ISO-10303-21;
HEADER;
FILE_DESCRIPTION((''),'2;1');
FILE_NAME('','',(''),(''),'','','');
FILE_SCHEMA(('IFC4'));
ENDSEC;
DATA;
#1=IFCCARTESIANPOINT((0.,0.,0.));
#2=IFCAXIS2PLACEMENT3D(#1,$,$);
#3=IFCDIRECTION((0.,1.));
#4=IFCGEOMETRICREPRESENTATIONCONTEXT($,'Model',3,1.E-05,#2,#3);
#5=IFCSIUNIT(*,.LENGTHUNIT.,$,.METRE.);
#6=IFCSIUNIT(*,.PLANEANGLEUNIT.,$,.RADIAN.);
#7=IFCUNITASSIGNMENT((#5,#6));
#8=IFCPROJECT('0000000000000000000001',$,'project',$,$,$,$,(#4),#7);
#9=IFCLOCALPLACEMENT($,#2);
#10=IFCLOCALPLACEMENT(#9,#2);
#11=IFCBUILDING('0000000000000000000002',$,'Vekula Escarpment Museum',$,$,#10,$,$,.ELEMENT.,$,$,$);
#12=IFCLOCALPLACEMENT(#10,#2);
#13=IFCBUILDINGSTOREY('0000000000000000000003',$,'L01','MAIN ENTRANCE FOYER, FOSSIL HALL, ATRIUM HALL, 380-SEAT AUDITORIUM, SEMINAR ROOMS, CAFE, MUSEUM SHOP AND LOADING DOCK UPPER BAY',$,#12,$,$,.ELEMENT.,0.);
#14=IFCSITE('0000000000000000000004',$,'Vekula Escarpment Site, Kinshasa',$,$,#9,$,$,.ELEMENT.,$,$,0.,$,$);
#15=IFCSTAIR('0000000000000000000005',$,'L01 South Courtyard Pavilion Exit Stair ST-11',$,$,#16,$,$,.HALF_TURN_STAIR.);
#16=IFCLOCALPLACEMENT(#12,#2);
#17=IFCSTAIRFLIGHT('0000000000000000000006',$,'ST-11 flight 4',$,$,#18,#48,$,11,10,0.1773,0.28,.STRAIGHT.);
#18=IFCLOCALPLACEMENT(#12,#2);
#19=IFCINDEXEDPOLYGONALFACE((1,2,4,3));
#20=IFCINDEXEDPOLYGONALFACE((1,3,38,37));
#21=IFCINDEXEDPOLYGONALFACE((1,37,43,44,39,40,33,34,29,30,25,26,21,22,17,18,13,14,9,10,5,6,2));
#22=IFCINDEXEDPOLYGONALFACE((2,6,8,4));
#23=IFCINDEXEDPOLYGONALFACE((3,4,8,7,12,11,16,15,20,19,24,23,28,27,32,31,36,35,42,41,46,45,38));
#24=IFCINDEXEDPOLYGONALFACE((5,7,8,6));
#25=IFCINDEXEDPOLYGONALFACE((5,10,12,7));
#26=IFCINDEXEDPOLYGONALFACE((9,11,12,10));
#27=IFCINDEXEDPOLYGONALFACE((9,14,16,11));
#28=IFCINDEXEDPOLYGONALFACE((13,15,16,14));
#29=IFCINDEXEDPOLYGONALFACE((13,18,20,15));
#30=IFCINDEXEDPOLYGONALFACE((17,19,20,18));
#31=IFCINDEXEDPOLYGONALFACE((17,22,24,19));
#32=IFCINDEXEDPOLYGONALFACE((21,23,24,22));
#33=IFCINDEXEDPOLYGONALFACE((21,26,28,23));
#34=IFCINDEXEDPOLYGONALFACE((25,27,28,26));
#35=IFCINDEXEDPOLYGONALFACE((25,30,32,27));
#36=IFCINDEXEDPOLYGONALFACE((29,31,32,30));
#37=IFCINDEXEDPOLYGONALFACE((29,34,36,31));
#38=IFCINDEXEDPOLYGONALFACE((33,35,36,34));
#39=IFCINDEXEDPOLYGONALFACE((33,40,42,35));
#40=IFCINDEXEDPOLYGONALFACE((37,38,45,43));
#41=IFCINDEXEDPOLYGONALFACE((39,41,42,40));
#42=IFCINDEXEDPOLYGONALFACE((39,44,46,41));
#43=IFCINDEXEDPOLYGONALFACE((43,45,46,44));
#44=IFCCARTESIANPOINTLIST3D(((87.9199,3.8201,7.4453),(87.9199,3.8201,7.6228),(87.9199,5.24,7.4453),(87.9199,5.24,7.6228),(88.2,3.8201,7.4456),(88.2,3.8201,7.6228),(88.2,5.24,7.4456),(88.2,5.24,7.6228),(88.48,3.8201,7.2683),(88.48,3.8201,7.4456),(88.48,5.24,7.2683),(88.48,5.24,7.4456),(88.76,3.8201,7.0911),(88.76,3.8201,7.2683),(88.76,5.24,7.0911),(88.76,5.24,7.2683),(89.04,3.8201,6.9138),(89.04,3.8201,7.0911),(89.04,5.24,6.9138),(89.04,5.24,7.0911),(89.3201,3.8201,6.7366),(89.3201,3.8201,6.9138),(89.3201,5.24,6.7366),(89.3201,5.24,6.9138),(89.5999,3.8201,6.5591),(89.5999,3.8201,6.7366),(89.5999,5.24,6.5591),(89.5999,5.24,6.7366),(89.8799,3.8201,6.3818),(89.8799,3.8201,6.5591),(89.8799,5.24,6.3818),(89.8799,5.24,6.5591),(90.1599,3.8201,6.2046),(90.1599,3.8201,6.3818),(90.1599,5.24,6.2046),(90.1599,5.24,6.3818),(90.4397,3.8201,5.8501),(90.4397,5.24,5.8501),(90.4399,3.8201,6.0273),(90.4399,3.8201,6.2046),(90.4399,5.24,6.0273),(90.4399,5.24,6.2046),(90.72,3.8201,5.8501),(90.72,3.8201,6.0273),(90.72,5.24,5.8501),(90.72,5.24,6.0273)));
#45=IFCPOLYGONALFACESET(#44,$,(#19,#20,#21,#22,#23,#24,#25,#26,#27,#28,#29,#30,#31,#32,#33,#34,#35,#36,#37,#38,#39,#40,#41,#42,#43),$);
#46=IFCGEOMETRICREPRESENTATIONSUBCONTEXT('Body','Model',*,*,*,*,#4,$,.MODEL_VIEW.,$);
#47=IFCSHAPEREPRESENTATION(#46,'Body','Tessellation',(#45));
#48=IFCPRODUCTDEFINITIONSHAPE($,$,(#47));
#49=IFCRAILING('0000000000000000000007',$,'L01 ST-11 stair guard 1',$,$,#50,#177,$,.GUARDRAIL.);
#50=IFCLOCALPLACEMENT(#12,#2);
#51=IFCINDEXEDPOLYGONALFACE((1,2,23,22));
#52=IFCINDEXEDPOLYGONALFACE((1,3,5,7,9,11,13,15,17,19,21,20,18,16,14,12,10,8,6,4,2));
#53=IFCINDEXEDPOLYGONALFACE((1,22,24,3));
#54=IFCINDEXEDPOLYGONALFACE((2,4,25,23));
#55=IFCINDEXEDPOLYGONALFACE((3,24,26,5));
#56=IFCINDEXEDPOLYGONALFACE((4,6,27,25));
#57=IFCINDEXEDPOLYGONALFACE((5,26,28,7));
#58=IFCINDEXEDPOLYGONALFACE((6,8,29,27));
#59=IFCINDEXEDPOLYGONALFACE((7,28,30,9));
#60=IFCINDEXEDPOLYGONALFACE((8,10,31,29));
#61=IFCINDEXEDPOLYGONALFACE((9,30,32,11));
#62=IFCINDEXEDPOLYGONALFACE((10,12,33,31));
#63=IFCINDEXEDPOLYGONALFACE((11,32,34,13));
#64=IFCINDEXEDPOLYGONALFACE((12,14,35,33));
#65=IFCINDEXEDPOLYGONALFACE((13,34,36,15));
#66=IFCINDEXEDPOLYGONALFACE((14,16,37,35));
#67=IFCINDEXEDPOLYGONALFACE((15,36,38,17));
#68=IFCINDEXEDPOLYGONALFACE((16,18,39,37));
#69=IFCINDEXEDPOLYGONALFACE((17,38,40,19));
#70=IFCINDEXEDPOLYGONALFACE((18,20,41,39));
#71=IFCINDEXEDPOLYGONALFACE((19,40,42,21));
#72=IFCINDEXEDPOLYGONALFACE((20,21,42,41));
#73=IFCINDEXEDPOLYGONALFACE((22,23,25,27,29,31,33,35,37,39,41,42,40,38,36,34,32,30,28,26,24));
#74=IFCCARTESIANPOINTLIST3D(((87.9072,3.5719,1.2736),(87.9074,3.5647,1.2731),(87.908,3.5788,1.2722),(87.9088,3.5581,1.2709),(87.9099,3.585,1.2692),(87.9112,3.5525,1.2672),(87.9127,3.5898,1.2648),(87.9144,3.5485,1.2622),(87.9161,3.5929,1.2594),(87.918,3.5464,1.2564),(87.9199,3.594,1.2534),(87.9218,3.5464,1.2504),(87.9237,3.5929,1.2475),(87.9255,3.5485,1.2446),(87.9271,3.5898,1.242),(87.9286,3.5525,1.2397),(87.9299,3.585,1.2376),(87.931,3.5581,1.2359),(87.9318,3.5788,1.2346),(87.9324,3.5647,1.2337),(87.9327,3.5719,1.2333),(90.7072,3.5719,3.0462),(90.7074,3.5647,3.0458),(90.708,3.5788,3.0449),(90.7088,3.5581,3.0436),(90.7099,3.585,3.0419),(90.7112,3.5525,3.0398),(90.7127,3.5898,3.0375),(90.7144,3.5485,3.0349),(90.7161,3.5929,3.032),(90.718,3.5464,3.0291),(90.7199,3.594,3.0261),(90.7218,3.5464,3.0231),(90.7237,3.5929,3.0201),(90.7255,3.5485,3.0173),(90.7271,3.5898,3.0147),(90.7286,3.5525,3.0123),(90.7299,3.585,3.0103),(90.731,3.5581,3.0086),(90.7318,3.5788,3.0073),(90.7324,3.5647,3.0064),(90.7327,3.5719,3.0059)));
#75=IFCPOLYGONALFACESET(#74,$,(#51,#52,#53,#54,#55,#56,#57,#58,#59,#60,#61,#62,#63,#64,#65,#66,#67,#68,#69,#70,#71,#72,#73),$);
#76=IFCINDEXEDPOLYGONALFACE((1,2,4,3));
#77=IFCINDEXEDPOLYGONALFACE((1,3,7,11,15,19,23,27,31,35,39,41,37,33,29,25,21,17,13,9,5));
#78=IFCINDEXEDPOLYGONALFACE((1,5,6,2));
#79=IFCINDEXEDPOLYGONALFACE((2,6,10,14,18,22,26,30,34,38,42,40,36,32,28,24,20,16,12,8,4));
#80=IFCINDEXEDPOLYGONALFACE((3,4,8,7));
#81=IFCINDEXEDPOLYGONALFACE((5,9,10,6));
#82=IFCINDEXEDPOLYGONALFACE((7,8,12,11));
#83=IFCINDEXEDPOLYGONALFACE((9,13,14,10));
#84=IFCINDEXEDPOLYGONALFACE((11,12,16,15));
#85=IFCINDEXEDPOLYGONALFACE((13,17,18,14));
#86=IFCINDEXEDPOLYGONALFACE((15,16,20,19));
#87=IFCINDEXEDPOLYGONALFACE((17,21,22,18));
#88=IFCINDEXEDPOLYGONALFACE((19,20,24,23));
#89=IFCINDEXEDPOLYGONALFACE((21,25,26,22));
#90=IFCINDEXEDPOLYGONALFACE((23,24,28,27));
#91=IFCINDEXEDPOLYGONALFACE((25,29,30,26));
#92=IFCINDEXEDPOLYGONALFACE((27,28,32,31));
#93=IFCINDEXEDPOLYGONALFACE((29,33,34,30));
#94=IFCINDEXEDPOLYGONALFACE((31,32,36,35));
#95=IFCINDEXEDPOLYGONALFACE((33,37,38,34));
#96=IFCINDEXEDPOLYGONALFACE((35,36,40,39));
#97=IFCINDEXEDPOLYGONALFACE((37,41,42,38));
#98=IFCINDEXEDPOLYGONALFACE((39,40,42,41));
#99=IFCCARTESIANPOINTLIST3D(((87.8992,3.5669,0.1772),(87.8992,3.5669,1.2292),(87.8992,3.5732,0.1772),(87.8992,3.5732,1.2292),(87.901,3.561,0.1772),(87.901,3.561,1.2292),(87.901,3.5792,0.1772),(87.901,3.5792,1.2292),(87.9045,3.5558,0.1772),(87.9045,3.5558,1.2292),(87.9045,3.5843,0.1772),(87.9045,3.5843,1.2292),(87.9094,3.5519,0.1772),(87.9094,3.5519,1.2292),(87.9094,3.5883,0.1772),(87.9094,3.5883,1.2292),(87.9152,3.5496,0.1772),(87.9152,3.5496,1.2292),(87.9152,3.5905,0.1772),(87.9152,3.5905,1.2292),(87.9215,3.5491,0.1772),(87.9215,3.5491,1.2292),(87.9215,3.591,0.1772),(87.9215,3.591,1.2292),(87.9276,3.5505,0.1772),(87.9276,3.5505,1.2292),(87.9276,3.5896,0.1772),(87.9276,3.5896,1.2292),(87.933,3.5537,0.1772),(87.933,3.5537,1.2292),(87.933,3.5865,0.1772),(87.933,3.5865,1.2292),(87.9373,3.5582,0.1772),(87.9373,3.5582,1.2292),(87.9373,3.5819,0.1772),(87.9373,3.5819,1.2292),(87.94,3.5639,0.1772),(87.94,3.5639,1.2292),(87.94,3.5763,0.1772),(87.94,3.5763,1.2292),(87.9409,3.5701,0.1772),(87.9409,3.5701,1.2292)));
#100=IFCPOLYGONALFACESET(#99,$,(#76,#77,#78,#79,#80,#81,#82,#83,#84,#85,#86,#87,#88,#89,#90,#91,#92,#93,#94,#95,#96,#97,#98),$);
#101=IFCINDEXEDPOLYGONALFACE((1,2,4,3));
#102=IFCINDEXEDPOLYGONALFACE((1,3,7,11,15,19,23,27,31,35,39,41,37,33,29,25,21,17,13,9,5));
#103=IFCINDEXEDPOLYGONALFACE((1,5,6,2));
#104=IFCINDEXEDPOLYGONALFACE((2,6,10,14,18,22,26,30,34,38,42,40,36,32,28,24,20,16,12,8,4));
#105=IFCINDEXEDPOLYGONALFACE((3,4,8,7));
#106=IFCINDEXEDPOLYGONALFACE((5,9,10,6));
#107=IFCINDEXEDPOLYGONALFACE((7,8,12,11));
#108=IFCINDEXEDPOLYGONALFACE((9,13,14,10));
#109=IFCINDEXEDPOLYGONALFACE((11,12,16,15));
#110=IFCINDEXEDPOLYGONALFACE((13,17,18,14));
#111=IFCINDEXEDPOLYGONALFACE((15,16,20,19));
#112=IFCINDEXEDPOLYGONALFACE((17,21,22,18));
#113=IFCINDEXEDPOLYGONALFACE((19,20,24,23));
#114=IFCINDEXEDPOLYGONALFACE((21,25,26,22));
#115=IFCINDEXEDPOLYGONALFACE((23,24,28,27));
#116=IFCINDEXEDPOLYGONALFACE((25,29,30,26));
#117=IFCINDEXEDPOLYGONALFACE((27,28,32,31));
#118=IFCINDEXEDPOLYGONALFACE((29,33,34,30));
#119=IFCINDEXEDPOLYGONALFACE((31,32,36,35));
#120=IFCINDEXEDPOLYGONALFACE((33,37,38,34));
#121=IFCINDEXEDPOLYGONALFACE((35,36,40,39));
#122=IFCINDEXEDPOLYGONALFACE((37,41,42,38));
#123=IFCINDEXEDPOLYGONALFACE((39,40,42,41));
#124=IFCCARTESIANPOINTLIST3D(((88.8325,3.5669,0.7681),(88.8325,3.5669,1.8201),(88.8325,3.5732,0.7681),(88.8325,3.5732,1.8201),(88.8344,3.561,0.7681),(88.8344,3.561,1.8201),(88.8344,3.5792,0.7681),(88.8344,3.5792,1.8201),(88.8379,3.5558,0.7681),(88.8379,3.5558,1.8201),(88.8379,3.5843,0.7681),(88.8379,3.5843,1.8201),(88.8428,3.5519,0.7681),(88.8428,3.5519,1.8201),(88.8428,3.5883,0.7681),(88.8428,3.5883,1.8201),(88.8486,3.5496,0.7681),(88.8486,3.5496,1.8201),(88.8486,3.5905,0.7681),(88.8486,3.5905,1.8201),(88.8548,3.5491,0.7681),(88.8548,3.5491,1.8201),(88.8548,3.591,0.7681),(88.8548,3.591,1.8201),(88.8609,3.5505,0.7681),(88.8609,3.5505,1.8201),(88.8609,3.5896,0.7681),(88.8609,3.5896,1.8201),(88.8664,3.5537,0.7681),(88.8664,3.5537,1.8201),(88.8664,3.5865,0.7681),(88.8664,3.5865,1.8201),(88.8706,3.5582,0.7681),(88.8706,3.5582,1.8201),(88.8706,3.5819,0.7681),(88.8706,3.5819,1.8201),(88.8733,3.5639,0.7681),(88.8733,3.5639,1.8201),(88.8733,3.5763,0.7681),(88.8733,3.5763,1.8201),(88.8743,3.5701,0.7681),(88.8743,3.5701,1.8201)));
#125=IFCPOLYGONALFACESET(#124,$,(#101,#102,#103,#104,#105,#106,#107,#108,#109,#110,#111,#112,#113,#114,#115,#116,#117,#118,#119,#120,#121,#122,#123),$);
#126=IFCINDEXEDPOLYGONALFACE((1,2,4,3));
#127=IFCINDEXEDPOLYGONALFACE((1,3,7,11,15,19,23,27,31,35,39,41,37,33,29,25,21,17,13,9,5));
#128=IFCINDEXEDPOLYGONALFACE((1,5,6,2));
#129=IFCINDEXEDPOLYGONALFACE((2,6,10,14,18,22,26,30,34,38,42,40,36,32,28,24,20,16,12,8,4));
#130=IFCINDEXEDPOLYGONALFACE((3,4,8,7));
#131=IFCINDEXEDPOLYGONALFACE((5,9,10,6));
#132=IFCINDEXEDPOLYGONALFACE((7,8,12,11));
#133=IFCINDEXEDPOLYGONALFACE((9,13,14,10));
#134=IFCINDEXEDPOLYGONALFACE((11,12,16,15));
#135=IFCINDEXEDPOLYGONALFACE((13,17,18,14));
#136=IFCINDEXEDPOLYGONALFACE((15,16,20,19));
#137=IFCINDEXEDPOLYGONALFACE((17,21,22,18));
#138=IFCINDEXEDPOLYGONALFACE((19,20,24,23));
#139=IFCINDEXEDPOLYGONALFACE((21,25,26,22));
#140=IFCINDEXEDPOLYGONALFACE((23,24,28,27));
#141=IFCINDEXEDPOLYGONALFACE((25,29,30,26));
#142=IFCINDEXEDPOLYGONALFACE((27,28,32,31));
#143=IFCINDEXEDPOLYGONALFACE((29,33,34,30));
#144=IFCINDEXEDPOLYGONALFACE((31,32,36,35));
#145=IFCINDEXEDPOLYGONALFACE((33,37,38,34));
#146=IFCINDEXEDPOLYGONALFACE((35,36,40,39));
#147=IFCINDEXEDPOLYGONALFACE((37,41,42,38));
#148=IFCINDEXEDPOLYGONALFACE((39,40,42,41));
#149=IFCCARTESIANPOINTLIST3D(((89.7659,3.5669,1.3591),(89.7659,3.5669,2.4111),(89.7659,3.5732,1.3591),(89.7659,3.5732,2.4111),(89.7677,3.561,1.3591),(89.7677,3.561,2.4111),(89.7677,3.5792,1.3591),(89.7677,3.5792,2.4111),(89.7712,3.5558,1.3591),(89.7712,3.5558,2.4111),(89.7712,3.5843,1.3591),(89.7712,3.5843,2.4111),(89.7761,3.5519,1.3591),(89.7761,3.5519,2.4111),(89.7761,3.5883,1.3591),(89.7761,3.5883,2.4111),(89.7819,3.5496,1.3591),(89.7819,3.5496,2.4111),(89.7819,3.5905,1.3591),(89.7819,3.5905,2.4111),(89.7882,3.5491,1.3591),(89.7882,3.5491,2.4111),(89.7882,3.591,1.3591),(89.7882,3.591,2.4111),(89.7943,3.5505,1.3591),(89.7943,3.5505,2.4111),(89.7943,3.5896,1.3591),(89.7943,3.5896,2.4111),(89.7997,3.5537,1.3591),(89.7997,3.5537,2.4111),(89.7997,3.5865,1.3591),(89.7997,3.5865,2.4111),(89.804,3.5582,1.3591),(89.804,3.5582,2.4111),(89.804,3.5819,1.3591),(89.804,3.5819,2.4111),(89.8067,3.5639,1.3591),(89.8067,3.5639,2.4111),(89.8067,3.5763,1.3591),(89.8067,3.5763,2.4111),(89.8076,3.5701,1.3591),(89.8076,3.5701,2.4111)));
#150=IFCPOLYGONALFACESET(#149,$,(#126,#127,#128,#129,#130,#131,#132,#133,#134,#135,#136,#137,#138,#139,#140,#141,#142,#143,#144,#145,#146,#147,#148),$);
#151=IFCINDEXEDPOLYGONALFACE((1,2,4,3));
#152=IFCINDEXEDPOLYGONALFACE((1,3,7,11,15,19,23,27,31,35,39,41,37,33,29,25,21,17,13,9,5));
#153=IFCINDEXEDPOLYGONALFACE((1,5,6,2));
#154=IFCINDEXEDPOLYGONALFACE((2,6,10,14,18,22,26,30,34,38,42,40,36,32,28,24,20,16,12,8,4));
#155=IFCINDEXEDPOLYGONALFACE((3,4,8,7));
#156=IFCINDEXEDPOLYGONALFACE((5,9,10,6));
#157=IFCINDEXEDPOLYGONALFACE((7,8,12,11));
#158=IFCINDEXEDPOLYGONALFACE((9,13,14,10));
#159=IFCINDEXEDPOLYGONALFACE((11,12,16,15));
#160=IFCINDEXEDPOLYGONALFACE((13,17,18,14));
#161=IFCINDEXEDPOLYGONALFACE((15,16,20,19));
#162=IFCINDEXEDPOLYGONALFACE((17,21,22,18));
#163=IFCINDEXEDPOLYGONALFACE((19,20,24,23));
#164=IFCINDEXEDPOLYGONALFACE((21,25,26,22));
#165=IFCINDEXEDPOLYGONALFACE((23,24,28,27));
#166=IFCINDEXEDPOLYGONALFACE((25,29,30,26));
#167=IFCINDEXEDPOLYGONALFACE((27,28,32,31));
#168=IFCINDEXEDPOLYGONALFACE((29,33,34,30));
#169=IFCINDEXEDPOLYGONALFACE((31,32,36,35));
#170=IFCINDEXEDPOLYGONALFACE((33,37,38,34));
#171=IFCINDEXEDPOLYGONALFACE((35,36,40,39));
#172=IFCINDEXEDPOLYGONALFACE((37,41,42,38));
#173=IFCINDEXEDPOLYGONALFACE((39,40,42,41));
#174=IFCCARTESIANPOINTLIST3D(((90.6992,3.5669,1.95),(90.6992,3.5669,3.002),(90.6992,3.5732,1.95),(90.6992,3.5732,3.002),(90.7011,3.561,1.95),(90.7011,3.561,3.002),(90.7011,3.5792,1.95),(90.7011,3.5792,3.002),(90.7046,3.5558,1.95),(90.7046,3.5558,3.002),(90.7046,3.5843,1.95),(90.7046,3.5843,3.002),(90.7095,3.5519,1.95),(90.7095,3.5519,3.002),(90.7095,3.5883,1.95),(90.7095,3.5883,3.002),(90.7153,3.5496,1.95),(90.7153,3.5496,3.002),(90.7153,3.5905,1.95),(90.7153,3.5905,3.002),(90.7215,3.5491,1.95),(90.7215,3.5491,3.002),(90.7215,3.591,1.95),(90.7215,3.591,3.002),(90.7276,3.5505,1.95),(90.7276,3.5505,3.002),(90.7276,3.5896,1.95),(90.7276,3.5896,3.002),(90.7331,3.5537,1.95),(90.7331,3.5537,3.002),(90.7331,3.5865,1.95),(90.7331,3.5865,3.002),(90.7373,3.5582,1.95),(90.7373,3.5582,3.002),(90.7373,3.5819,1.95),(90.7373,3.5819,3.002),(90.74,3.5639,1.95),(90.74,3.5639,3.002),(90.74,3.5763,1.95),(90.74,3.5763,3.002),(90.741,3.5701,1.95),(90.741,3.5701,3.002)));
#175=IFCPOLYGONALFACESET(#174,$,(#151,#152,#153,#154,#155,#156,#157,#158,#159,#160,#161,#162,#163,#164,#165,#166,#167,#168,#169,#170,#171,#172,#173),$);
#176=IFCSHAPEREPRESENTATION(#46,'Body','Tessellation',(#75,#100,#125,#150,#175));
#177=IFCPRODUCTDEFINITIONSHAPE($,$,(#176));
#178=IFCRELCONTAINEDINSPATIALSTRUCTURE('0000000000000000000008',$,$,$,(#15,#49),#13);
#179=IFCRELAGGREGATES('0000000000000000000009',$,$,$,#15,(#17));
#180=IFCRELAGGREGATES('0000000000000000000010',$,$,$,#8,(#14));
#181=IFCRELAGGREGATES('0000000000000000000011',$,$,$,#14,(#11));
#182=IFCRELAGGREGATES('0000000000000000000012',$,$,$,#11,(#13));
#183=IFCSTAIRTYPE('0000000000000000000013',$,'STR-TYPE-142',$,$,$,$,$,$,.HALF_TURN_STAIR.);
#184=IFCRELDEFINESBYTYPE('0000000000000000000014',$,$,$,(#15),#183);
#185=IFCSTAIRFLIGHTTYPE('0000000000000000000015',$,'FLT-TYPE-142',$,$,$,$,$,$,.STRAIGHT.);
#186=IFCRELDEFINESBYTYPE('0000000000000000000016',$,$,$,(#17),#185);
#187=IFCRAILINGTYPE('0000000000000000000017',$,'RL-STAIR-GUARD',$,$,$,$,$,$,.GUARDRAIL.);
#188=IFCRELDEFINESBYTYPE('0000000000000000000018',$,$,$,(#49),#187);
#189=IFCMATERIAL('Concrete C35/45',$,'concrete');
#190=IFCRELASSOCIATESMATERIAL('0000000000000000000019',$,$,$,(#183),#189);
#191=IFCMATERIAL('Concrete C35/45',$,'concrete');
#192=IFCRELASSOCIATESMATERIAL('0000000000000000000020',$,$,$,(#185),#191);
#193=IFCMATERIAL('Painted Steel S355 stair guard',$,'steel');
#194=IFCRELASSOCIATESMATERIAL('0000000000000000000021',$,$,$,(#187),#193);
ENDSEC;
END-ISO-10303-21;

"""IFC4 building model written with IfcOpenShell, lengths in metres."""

from ifc_helpers import new_model, si_unit, direction, frame, origin, origin_2d, place, context, subcontext, project, spatial, polyline, circle, outline, extrude, material, type_object, element, aggregate, save


model = new_model("IFC4")

# Units and contexts
model_context = context("Model", 3, precision=1e-05, world=origin(), true_north=direction((0.0, 1.0)))
body_context = subcontext(model_context, "Body", "Model", "MODEL_VIEW")
ifc_project = project(units=[si_unit("LENGTHUNIT", "METRE"), si_unit("PLANEANGLEUNIT", "RADIAN")], contexts=[model_context])

# Site, building, storey
site_placement = place(None, origin())
site = spatial("IfcSite", under=ifc_project, at=site_placement, Name="Vekula Escarpment Site, Kinshasa", CompositionType="ELEMENT", RefElevation=0.0)
building_placement = place(site_placement, origin())
building = spatial("IfcBuilding", under=site, at=building_placement, Name="Vekula Escarpment Museum", CompositionType="ELEMENT")
storey_placement = place(building_placement, origin())
storey = spatial("IfcBuildingStorey", under=building, at=storey_placement, Name="L01", Description="MAIN ENTRANCE FOYER, FOSSIL HALL, ATRIUM HALL, 380-SEAT AUDITORIUM, SEMINAR ROOMS, CAFE, MUSEUM SHOP AND LOADING DOCK UPPER BAY", CompositionType="ELEMENT", Elevation=0.0)

# Stair, stair flight
ifc_material_1 = material(Name="Concrete C35/45", Category="concrete")
stair_type = type_object("IfcStairType", Name="STR-TYPE-142", PredefinedType="HALF_TURN_STAIR", material=ifc_material_1)
stair_placement = place(storey_placement, origin())
stair = element("IfcStair", 1, at=stair_placement, inside=storey, type_object=stair_type, Name="L01 South Courtyard Pavilion Exit Stair ST-11", PredefinedType="HALF_TURN_STAIR")
ifc_material_2 = material(Name="Concrete C35/45", Category="concrete")
stair_flight_type = type_object("IfcStairFlightType", Name="FLT-TYPE-142", PredefinedType="STRAIGHT", material=ifc_material_2)
stair_flight_1_placement = place(storey_placement, frame((90.72, 4.53, 5.8501), z_axis=(0.0, 0.0, 1.0), x_axis=(-1.0, 0.0, 0.0)))
stair_flight_1 = element("IfcStairFlight", 2, at=stair_flight_1_placement, type_object=stair_flight_type, Name="ST-11 flight 4", NumberOfRisers=11, NumberOfTreads=10, PredefinedType="STRAIGHT", RiserHeight=0.1773, TreadLength=0.28, context=body_context, shape_type="SweptSolid", body=[
    extrude(outline(polyline([(0.0, 0.0), (0.0, 0.1772), (0.28, 0.1772), (0.28, 0.3545), (0.5601, 0.3545), (0.5601, 0.5317), (0.8401, 0.5317), (0.8401, 0.709), (1.1201, 0.709), (1.1201, 0.8865), (1.3999, 0.8865), (1.3999, 1.0637), (1.6799, 1.0637), (1.6799, 1.241), (1.96, 1.241), (1.96, 1.4182), (2.24, 1.4182), (2.24, 1.5955), (2.52, 1.5955), (2.52, 1.7727), (2.8, 1.7727), (2.8, 1.95), (2.8, 1.5952), (0.2803, 0.0), (0.0, 0.0)])), frame((0.0, 0.71, 0.0), z_axis=(0.0, -1.0, 0.0), x_axis=(1.0, 0.0, 0.0)), (0.0, 0.0, 1.0), 1.4199),
])
aggregate(stair, [stair_flight_1])

# Railing
ifc_material_3 = material(Name="Painted Steel S355 stair guard", Category="steel")
railing_type_1 = type_object("IfcRailingType", Name="RL-STAIR-GUARD", PredefinedType="GUARDRAIL", material=ifc_material_3)
railing_1_placement = place(storey_placement, frame((87.9199, 3.5701, 0.1772)))
element("IfcRailing", 3, at=railing_1_placement, inside=storey, type_object=railing_type_1, Name="L01 ST-11 stair guard 1", PredefinedType="GUARDRAIL", context=body_context, shape_type="SweptSolid", body=[
    extrude(circle(Radius=0.0239, at=origin_2d()), frame((0.0, 0.0, 1.0762), z_axis=(0.844909, 0.0, 0.53491), x_axis=(0.0, 1.0, 0.0)), (0.0, 0.0, 1.0), 3.314),
    extrude(circle(Radius=0.021, at=origin_2d()), origin(), (0.0, 0.0, 1.0), 1.052),
    extrude(circle(Radius=0.021, at=origin_2d()), frame((0.9333, 0.0, 0.5908)), (0.0, 0.0, 1.0), 1.052),
    extrude(circle(Radius=0.021, at=origin_2d()), frame((1.8667, 0.0, 1.1819)), (0.0, 0.0, 1.0), 1.052),
    extrude(circle(Radius=0.021, at=origin_2d()), frame((2.8, 0.0, 1.7727)), (0.0, 0.0, 1.0), 1.052),
])

save(model, "model.ifc")
